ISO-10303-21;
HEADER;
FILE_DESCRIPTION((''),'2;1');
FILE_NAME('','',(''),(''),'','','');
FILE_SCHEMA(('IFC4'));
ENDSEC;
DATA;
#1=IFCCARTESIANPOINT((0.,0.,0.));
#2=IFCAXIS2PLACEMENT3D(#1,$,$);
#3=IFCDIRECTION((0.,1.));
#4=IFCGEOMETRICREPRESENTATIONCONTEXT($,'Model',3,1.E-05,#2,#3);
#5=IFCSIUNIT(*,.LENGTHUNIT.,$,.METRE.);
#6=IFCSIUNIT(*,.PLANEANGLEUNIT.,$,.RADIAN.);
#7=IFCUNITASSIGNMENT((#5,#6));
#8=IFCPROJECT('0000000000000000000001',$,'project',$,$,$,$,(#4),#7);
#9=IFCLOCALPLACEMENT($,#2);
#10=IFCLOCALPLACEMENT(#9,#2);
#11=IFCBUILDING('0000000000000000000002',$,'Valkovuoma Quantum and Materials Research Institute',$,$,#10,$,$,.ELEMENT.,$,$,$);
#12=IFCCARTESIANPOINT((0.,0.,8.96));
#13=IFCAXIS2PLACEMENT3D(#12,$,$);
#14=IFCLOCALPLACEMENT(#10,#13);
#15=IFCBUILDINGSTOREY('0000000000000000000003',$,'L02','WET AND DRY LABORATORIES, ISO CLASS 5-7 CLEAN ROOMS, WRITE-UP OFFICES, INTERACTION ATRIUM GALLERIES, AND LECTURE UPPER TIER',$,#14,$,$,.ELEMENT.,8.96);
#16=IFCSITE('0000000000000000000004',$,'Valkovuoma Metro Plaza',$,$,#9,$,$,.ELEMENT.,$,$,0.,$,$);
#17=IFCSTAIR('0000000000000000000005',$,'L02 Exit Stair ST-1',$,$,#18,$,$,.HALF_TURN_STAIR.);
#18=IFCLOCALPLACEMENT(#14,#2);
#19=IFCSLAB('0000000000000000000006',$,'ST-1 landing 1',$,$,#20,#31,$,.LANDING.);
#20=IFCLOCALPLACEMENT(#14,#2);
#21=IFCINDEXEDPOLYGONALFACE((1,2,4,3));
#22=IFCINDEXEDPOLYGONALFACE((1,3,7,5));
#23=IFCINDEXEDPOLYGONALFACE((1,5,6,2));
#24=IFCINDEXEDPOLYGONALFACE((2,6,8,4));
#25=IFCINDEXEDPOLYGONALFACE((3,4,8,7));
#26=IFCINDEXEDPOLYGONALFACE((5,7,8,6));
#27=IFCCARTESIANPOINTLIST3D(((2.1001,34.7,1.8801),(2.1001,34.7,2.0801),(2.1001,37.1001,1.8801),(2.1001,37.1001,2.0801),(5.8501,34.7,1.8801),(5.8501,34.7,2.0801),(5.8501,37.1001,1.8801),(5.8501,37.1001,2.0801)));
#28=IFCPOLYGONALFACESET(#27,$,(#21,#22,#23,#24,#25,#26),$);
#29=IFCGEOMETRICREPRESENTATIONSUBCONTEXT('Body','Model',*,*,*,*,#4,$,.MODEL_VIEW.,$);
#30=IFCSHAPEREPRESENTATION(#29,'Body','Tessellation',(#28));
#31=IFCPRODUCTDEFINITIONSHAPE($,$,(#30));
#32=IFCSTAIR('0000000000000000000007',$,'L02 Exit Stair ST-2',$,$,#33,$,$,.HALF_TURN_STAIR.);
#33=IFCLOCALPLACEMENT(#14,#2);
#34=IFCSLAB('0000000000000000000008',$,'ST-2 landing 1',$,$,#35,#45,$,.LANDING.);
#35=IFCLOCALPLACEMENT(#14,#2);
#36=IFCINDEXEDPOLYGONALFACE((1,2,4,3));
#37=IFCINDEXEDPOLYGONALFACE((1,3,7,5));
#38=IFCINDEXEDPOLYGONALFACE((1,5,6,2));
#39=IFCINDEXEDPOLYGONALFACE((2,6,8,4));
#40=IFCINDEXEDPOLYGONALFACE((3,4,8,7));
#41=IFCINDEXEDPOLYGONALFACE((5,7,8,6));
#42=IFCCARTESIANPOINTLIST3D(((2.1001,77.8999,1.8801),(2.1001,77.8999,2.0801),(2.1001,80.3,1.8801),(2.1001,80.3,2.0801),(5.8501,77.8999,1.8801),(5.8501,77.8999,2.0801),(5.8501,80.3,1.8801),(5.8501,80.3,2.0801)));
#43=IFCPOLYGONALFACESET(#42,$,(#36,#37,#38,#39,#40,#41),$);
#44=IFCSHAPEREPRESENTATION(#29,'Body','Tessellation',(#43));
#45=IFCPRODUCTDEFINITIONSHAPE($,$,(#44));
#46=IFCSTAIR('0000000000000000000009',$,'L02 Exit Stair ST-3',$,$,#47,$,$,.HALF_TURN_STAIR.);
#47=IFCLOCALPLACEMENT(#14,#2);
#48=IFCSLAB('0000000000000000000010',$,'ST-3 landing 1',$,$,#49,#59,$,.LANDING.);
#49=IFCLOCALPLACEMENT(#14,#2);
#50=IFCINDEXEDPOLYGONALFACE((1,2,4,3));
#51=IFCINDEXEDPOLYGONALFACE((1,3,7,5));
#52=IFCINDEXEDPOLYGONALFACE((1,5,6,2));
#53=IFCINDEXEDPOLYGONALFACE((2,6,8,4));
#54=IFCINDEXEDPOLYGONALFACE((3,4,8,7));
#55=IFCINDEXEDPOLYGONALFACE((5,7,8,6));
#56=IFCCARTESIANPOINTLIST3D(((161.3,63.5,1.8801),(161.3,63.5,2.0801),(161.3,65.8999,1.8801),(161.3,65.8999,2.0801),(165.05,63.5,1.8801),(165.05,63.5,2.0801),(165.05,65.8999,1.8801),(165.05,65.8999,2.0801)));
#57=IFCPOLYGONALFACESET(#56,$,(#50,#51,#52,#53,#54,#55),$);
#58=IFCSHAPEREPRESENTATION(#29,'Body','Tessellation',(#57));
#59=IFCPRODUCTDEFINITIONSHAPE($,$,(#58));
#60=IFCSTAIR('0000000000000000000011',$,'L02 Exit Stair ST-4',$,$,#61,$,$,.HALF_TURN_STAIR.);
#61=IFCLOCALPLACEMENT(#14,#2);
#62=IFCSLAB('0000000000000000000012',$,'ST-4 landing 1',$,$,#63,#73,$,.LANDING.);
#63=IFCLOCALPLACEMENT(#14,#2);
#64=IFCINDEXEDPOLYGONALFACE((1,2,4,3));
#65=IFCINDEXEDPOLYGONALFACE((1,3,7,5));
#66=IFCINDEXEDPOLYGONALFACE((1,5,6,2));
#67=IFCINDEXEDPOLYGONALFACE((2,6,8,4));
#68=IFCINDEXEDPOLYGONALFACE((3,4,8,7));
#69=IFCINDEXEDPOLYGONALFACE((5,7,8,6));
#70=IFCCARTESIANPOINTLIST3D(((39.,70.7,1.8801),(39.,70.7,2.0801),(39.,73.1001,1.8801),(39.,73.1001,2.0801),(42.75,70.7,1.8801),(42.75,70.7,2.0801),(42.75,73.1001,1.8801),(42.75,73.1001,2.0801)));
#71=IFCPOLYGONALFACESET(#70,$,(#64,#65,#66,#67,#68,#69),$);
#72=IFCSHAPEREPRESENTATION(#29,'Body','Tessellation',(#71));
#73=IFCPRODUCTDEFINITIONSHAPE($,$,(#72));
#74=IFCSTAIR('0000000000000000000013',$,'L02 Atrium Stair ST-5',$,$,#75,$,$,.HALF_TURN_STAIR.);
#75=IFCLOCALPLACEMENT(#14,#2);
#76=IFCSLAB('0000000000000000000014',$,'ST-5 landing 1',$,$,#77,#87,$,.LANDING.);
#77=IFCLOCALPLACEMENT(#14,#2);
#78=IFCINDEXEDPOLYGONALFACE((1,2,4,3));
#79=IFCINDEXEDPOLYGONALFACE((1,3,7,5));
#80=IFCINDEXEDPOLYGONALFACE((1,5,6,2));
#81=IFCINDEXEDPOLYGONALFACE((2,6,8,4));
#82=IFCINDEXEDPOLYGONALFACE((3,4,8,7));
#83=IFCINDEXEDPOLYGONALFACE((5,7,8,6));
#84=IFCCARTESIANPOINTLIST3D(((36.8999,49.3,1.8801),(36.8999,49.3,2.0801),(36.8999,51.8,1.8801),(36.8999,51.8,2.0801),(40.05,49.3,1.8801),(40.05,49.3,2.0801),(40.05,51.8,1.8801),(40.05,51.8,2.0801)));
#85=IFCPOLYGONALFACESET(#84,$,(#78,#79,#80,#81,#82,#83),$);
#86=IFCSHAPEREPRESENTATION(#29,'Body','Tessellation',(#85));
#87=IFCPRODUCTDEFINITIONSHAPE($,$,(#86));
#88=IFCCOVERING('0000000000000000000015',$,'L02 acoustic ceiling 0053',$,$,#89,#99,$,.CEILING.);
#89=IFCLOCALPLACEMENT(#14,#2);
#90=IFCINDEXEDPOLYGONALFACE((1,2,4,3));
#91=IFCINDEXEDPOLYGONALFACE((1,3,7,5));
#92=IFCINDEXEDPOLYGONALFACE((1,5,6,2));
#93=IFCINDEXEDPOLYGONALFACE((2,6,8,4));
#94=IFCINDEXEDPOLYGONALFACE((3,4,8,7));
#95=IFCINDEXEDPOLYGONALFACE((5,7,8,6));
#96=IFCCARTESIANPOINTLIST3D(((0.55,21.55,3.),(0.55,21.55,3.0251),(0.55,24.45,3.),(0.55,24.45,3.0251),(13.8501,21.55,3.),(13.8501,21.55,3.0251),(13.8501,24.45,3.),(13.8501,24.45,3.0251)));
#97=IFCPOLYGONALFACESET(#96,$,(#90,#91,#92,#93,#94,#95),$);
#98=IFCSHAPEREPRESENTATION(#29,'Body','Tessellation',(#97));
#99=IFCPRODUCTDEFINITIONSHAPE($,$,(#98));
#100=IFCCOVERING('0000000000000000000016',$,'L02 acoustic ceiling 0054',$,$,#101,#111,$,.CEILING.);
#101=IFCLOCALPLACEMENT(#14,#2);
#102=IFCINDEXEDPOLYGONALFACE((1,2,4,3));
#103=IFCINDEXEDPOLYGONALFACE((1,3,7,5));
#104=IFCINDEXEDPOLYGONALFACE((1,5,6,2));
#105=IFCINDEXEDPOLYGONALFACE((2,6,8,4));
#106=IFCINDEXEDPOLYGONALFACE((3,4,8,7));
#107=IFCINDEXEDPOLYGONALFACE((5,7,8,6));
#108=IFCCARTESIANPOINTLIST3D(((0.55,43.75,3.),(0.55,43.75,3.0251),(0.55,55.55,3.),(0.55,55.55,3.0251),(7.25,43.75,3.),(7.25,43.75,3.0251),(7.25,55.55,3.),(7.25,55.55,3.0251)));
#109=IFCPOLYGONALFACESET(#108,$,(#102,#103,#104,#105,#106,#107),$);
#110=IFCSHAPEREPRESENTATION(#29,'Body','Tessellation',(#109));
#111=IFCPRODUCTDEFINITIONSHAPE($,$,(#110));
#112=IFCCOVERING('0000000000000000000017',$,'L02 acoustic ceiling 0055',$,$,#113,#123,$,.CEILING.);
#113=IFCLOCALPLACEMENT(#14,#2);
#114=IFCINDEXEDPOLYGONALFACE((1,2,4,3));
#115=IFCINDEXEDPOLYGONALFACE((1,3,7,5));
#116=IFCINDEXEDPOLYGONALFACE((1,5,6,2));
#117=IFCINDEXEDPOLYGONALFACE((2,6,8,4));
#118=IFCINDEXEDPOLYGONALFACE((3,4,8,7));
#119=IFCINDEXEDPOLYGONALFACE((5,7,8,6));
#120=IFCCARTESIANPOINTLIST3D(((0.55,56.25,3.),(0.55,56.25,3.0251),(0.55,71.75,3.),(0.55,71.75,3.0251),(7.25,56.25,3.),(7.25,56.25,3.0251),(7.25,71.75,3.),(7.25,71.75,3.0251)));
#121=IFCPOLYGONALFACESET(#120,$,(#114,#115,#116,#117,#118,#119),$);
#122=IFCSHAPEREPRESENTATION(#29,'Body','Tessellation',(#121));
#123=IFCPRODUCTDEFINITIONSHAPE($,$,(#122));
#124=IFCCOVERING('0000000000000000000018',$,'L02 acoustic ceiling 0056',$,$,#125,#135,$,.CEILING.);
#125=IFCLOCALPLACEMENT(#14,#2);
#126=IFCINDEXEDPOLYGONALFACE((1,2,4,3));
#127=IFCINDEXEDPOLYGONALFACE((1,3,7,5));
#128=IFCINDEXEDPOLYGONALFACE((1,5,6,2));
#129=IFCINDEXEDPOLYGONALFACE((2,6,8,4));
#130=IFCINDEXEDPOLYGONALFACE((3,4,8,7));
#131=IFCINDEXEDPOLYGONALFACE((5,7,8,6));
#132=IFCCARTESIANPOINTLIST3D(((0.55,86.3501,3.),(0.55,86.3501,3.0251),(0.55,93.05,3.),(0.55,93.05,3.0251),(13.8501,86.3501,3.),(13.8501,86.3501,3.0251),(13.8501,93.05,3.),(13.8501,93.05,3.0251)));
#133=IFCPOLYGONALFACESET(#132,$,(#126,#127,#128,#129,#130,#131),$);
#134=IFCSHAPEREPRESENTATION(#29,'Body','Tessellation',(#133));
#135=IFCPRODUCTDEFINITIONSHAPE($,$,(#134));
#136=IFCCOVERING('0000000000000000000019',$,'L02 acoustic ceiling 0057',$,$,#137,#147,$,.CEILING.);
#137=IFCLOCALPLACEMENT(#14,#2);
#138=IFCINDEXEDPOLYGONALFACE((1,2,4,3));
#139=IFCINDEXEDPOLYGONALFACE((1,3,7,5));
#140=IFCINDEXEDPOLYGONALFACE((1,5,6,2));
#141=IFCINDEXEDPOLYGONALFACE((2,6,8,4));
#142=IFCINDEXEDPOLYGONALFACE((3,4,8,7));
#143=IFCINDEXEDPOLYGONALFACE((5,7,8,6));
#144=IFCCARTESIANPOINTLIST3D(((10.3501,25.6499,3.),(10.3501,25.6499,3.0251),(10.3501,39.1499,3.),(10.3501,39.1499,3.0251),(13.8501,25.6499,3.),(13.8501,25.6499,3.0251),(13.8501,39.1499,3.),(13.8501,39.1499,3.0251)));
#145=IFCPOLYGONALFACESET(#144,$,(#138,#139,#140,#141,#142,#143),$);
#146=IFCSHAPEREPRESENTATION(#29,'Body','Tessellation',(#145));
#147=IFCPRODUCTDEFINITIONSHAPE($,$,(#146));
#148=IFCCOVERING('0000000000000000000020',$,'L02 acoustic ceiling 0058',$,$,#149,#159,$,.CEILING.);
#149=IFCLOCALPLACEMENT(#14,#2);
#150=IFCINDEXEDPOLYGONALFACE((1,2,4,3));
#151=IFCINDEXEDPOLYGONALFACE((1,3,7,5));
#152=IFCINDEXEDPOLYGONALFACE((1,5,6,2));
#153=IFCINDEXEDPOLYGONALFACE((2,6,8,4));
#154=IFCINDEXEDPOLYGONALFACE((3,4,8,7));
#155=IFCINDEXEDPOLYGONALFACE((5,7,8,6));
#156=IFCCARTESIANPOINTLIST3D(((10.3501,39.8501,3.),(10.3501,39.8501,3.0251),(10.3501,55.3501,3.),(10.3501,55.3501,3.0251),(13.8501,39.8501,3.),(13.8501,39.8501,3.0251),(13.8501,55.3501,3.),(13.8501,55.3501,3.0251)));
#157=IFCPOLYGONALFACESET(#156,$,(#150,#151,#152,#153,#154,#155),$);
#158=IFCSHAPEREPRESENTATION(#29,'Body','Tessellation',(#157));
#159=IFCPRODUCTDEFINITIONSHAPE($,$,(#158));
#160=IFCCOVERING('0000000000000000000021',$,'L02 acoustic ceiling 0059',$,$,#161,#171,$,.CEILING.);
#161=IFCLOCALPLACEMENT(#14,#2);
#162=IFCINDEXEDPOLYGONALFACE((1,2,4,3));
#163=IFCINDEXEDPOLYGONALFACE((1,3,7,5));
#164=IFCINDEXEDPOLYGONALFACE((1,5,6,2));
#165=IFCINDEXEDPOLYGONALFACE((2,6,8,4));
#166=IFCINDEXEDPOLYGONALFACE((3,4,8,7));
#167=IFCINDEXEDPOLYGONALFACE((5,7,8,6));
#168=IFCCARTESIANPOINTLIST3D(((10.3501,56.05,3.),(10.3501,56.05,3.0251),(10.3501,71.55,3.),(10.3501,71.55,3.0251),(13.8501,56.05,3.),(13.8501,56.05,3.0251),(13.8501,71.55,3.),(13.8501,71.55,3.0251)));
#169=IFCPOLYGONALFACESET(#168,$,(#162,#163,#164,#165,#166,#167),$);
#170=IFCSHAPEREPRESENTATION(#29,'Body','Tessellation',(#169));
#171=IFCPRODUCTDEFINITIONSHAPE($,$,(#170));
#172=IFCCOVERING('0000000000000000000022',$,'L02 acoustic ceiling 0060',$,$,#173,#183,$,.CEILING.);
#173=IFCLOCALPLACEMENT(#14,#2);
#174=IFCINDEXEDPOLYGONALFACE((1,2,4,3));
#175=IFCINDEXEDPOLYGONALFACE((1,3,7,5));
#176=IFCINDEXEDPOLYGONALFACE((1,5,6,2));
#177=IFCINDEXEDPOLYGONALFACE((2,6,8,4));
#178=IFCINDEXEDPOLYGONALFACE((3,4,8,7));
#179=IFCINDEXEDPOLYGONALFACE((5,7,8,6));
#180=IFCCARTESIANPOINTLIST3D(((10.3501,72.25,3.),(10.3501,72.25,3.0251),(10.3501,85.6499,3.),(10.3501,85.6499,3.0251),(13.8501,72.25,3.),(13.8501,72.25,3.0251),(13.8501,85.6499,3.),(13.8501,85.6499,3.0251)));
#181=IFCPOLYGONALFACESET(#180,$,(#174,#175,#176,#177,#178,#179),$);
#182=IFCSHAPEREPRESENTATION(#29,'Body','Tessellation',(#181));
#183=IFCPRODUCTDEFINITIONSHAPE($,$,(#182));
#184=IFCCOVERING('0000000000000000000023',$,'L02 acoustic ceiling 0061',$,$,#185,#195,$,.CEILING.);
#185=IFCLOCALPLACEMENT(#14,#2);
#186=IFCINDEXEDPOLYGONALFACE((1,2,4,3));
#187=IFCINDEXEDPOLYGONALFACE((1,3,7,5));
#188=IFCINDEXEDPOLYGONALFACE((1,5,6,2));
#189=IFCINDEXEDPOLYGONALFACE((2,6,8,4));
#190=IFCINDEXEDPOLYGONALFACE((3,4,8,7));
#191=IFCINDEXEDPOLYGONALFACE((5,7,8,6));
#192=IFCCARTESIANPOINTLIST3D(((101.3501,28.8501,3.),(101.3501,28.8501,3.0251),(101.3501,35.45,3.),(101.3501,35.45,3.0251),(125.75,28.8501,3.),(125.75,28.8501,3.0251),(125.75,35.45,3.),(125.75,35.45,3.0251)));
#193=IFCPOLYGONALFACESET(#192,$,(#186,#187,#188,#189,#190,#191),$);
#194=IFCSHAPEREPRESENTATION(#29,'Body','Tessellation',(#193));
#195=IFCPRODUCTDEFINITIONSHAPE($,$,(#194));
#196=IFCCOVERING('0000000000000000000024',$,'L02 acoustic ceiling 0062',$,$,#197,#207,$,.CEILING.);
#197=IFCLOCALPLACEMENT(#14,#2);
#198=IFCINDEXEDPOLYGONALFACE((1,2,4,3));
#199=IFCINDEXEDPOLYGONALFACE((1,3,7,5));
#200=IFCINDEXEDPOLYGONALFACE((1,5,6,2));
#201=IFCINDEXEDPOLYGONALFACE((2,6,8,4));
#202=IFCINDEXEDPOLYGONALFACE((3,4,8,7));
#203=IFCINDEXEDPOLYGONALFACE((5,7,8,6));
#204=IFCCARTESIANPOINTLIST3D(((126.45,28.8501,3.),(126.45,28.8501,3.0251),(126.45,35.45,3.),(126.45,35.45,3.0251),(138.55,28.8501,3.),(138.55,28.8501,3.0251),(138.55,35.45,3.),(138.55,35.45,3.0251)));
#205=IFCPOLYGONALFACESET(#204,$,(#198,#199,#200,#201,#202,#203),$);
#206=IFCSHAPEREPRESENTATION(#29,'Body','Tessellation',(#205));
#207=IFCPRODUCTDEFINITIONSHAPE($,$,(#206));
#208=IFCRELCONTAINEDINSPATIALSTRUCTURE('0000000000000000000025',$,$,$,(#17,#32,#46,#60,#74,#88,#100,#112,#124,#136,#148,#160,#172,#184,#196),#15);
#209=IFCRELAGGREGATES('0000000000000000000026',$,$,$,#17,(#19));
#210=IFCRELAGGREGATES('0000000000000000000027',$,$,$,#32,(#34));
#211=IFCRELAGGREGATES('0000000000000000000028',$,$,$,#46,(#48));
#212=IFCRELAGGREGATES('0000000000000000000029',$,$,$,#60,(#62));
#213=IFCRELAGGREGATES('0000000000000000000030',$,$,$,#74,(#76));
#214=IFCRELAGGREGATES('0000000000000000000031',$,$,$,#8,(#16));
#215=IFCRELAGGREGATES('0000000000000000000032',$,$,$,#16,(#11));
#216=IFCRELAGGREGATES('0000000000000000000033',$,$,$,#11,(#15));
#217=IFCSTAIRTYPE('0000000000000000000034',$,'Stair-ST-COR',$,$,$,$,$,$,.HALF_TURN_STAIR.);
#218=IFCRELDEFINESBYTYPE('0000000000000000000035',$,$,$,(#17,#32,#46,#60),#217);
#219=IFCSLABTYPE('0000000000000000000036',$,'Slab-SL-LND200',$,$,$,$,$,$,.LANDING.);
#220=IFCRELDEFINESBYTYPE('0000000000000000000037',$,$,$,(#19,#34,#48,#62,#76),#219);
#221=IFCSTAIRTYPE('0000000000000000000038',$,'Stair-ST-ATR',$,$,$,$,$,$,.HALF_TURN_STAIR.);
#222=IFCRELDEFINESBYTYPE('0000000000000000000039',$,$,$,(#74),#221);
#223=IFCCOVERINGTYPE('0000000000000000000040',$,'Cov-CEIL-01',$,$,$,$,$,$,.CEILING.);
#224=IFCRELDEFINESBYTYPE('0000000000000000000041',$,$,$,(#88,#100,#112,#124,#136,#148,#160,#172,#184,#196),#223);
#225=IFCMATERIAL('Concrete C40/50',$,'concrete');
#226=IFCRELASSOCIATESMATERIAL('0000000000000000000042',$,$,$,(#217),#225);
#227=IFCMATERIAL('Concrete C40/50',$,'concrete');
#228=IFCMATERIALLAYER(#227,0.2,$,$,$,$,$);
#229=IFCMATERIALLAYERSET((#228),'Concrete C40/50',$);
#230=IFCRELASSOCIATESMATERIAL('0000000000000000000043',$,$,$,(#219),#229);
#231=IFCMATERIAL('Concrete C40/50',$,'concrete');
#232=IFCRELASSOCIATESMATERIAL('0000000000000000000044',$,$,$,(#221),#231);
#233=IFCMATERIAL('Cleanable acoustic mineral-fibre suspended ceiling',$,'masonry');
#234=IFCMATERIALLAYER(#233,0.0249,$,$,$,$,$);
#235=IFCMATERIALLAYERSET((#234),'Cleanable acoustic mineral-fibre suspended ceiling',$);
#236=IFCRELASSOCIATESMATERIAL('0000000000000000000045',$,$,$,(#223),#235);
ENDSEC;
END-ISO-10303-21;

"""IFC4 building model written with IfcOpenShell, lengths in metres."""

from ifc_helpers import new_model, si_unit, direction, frame, origin, place, context, subcontext, project, spatial, polyline, outline, extrude, material, layer, layer_set, type_object, element, aggregate, save


model = new_model("IFC4")

# Units and contexts
model_context = context("Model", 3, precision=1e-05, world=origin(), true_north=direction((0.0, 1.0)))
body_context = subcontext(model_context, "Body", "Model", "MODEL_VIEW")
ifc_project = project(units=[si_unit("LENGTHUNIT", "METRE"), si_unit("PLANEANGLEUNIT", "RADIAN")], contexts=[model_context])

# Site, building, storey
site_placement = place(None, origin())
site = spatial("IfcSite", under=ifc_project, at=site_placement, Name="Valkovuoma Metro Plaza", CompositionType="ELEMENT", RefElevation=0.0)
building_placement = place(site_placement, origin())
building = spatial("IfcBuilding", under=site, at=building_placement, Name="Valkovuoma Quantum and Materials Research Institute", CompositionType="ELEMENT")
storey_placement = place(building_placement, frame((0.0, 0.0, 8.96)))
storey = spatial("IfcBuildingStorey", under=building, at=storey_placement, Name="L02", Description="WET AND DRY LABORATORIES, ISO CLASS 5-7 CLEAN ROOMS, WRITE-UP OFFICES, INTERACTION ATRIUM GALLERIES, AND LECTURE UPPER TIER", CompositionType="ELEMENT", Elevation=8.96)

# Stairs, slabs
ifc_material_1 = material(Name="Concrete C40/50", Category="concrete")
stair_type_1 = type_object("IfcStairType", Name="Stair-ST-COR", PredefinedType="HALF_TURN_STAIR", material=ifc_material_1)
stair_1_placement = place(storey_placement, origin())
stair_1 = element("IfcStair", 1, at=stair_1_placement, inside=storey, type_object=stair_type_1, Name="L02 Exit Stair ST-1", PredefinedType="HALF_TURN_STAIR")
ifc_material_2 = material(Name="Concrete C40/50", Category="concrete")
ifc_layer_1 = layer(ifc_material_2, 0.2)
ifc_layer_set_1 = layer_set([ifc_layer_1], Name="Concrete C40/50")
slab_type = type_object("IfcSlabType", Name="Slab-SL-LND200", PredefinedType="LANDING", material=ifc_layer_set_1)
slab_1_placement = place(storey_placement, frame((0.0, 0.0, 1.8801)))
slab_1 = element("IfcSlab", 2, at=slab_1_placement, type_object=slab_type, Name="ST-1 landing 1", PredefinedType="LANDING", context=body_context, shape_type="SweptSolid", body=[
    extrude(outline(polyline([(5.8501, 34.7), (5.8501, 37.1001), (2.1001, 37.1001), (2.1001, 34.7), (5.8501, 34.7)])), origin(), (0.0, 0.0, 1.0), 0.2),
])
aggregate(stair_1, [slab_1])
stair_2_placement = place(storey_placement, origin())
stair_2 = element("IfcStair", 3, at=stair_2_placement, inside=storey, type_object=stair_type_1, Name="L02 Exit Stair ST-2", PredefinedType="HALF_TURN_STAIR")
slab_2_placement = place(storey_placement, frame((0.0, 0.0, 1.8801)))
slab_2 = element("IfcSlab", 4, at=slab_2_placement, type_object=slab_type, Name="ST-2 landing 1", PredefinedType="LANDING", context=body_context, shape_type="SweptSolid", body=[
    extrude(outline(polyline([(5.8501, 77.8999), (5.8501, 80.3), (2.1001, 80.3), (2.1001, 77.8999), (5.8501, 77.8999)])), origin(), (0.0, 0.0, 1.0), 0.2),
])
aggregate(stair_2, [slab_2])
stair_3_placement = place(storey_placement, origin())
stair_3 = element("IfcStair", 5, at=stair_3_placement, inside=storey, type_object=stair_type_1, Name="L02 Exit Stair ST-3", PredefinedType="HALF_TURN_STAIR")
slab_3_placement = place(storey_placement, frame((0.0, 0.0, 1.8801)))
slab_3 = element("IfcSlab", 6, at=slab_3_placement, type_object=slab_type, Name="ST-3 landing 1", PredefinedType="LANDING", context=body_context, shape_type="SweptSolid", body=[
    extrude(outline(polyline([(165.05, 63.5), (165.05, 65.8999), (161.3, 65.8999), (161.3, 63.5), (165.05, 63.5)])), origin(), (0.0, 0.0, 1.0), 0.2),
])
aggregate(stair_3, [slab_3])
stair_4_placement = place(storey_placement, origin())
stair_4 = element("IfcStair", 7, at=stair_4_placement, inside=storey, type_object=stair_type_1, Name="L02 Exit Stair ST-4", PredefinedType="HALF_TURN_STAIR")
slab_4_placement = place(storey_placement, frame((0.0, 0.0, 1.8801)))
slab_4 = element("IfcSlab", 8, at=slab_4_placement, type_object=slab_type, Name="ST-4 landing 1", PredefinedType="LANDING", context=body_context, shape_type="SweptSolid", body=[
    extrude(outline(polyline([(42.75, 70.7), (42.75, 73.1001), (39.0, 73.1001), (39.0, 70.7), (42.75, 70.7)])), origin(), (0.0, 0.0, 1.0), 0.2),
])
aggregate(stair_4, [slab_4])
ifc_material_3 = material(Name="Concrete C40/50", Category="concrete")
stair_type_2 = type_object("IfcStairType", Name="Stair-ST-ATR", PredefinedType="HALF_TURN_STAIR", material=ifc_material_3)
stair_5_placement = place(storey_placement, origin())
stair_5 = element("IfcStair", 9, at=stair_5_placement, inside=storey, type_object=stair_type_2, Name="L02 Atrium Stair ST-5", PredefinedType="HALF_TURN_STAIR")
slab_5_placement = place(storey_placement, frame((0.0, 0.0, 1.8801)))
slab_5 = element("IfcSlab", 10, at=slab_5_placement, type_object=slab_type, Name="ST-5 landing 1", PredefinedType="LANDING", context=body_context, shape_type="SweptSolid", body=[
    extrude(outline(polyline([(40.05, 49.3), (40.05, 51.8), (36.8999, 51.8), (36.8999, 49.3), (40.05, 49.3)])), origin(), (0.0, 0.0, 1.0), 0.2),
])
aggregate(stair_5, [slab_5])

# Coverings
ifc_material_4 = material(Name="Cleanable acoustic mineral-fibre suspended ceiling", Category="masonry")
ifc_layer_2 = layer(ifc_material_4, 0.0249)
ifc_layer_set_2 = layer_set([ifc_layer_2], Name="Cleanable acoustic mineral-fibre suspended ceiling")
covering_type_1 = type_object("IfcCoveringType", Name="Cov-CEIL-01", PredefinedType="CEILING", material=ifc_layer_set_2)
covering_1_placement = place(storey_placement, frame((0.0, 0.0, 3.0)))
element("IfcCovering", 11, at=covering_1_placement, inside=storey, type_object=covering_type_1, Name="L02 acoustic ceiling 0053", PredefinedType="CEILING", context=body_context, shape_type="SweptSolid", body=[
    extrude(outline(polyline([(0.55, 21.55), (13.8501, 21.55), (13.8501, 24.45), (0.55, 24.45), (0.55, 21.55)])), origin(), (0.0, 0.0, 1.0), 0.0251),
])
covering_2_placement = place(storey_placement, frame((0.0, 0.0, 3.0)))
element("IfcCovering", 12, at=covering_2_placement, inside=storey, type_object=covering_type_1, Name="L02 acoustic ceiling 0054", PredefinedType="CEILING", context=body_context, shape_type="SweptSolid", body=[
    extrude(outline(polyline([(0.55, 43.75), (7.25, 43.75), (7.25, 55.55), (0.55, 55.55), (0.55, 43.75)])), origin(), (0.0, 0.0, 1.0), 0.0251),
])
covering_3_placement = place(storey_placement, frame((0.0, 0.0, 3.0)))
element("IfcCovering", 13, at=covering_3_placement, inside=storey, type_object=covering_type_1, Name="L02 acoustic ceiling 0055", PredefinedType="CEILING", context=body_context, shape_type="SweptSolid", body=[
    extrude(outline(polyline([(0.55, 56.25), (7.25, 56.25), (7.25, 71.75), (0.55, 71.75), (0.55, 56.25)])), origin(), (0.0, 0.0, 1.0), 0.0251),
])
covering_4_placement = place(storey_placement, frame((0.0, 0.0, 3.0)))
element("IfcCovering", 14, at=covering_4_placement, inside=storey, type_object=covering_type_1, Name="L02 acoustic ceiling 0056", PredefinedType="CEILING", context=body_context, shape_type="SweptSolid", body=[
    extrude(outline(polyline([(0.55, 86.3501), (13.8501, 86.3501), (13.8501, 93.05), (0.55, 93.05), (0.55, 86.3501)])), origin(), (0.0, 0.0, 1.0), 0.0251),
])
covering_5_placement = place(storey_placement, frame((0.0, 0.0, 3.0)))
element("IfcCovering", 15, at=covering_5_placement, inside=storey, type_object=covering_type_1, Name="L02 acoustic ceiling 0057", PredefinedType="CEILING", context=body_context, shape_type="SweptSolid", body=[
    extrude(outline(polyline([(10.3501, 25.6499), (13.8501, 25.6499), (13.8501, 39.1499), (10.3501, 39.1499), (10.3501, 25.6499)])), origin(), (0.0, 0.0, 1.0), 0.0251),
])
covering_6_placement = place(storey_placement, frame((0.0, 0.0, 3.0)))
element("IfcCovering", 16, at=covering_6_placement, inside=storey, type_object=covering_type_1, Name="L02 acoustic ceiling 0058", PredefinedType="CEILING", context=body_context, shape_type="SweptSolid", body=[
    extrude(outline(polyline([(10.3501, 39.8501), (13.8501, 39.8501), (13.8501, 55.3501), (10.3501, 55.3501), (10.3501, 39.8501)])), origin(), (0.0, 0.0, 1.0), 0.0251),
])
covering_7_placement = place(storey_placement, frame((0.0, 0.0, 3.0)))
element("IfcCovering", 17, at=covering_7_placement, inside=storey, type_object=covering_type_1, Name="L02 acoustic ceiling 0059", PredefinedType="CEILING", context=body_context, shape_type="SweptSolid", body=[
    extrude(outline(polyline([(10.3501, 56.05), (13.8501, 56.05), (13.8501, 71.55), (10.3501, 71.55), (10.3501, 56.05)])), origin(), (0.0, 0.0, 1.0), 0.0251),
])
covering_8_placement = place(storey_placement, frame((0.0, 0.0, 3.0)))
element("IfcCovering", 18, at=covering_8_placement, inside=storey, type_object=covering_type_1, Name="L02 acoustic ceiling 0060", PredefinedType="CEILING", context=body_context, shape_type="SweptSolid", body=[
    extrude(outline(polyline([(10.3501, 72.25), (13.8501, 72.25), (13.8501, 85.6499), (10.3501, 85.6499), (10.3501, 72.25)])), origin(), (0.0, 0.0, 1.0), 0.0251),
])
covering_9_placement = place(storey_placement, frame((0.0, 0.0, 3.0)))
element("IfcCovering", 19, at=covering_9_placement, inside=storey, type_object=covering_type_1, Name="L02 acoustic ceiling 0061", PredefinedType="CEILING", context=body_context, shape_type="SweptSolid", body=[
    extrude(outline(polyline([(101.3501, 28.8501), (125.75, 28.8501), (125.75, 35.45), (101.3501, 35.45), (101.3501, 28.8501)])), origin(), (0.0, 0.0, 1.0), 0.0251),
])
covering_10_placement = place(storey_placement, frame((0.0, 0.0, 3.0)))
element("IfcCovering", 20, at=covering_10_placement, inside=storey, type_object=covering_type_1, Name="L02 acoustic ceiling 0062", PredefinedType="CEILING", context=body_context, shape_type="SweptSolid", body=[
    extrude(outline(polyline([(126.45, 28.8501), (138.55, 28.8501), (138.55, 35.45), (126.45, 35.45), (126.45, 28.8501)])), origin(), (0.0, 0.0, 1.0), 0.0251),
])

save(model, "model.ifc")
